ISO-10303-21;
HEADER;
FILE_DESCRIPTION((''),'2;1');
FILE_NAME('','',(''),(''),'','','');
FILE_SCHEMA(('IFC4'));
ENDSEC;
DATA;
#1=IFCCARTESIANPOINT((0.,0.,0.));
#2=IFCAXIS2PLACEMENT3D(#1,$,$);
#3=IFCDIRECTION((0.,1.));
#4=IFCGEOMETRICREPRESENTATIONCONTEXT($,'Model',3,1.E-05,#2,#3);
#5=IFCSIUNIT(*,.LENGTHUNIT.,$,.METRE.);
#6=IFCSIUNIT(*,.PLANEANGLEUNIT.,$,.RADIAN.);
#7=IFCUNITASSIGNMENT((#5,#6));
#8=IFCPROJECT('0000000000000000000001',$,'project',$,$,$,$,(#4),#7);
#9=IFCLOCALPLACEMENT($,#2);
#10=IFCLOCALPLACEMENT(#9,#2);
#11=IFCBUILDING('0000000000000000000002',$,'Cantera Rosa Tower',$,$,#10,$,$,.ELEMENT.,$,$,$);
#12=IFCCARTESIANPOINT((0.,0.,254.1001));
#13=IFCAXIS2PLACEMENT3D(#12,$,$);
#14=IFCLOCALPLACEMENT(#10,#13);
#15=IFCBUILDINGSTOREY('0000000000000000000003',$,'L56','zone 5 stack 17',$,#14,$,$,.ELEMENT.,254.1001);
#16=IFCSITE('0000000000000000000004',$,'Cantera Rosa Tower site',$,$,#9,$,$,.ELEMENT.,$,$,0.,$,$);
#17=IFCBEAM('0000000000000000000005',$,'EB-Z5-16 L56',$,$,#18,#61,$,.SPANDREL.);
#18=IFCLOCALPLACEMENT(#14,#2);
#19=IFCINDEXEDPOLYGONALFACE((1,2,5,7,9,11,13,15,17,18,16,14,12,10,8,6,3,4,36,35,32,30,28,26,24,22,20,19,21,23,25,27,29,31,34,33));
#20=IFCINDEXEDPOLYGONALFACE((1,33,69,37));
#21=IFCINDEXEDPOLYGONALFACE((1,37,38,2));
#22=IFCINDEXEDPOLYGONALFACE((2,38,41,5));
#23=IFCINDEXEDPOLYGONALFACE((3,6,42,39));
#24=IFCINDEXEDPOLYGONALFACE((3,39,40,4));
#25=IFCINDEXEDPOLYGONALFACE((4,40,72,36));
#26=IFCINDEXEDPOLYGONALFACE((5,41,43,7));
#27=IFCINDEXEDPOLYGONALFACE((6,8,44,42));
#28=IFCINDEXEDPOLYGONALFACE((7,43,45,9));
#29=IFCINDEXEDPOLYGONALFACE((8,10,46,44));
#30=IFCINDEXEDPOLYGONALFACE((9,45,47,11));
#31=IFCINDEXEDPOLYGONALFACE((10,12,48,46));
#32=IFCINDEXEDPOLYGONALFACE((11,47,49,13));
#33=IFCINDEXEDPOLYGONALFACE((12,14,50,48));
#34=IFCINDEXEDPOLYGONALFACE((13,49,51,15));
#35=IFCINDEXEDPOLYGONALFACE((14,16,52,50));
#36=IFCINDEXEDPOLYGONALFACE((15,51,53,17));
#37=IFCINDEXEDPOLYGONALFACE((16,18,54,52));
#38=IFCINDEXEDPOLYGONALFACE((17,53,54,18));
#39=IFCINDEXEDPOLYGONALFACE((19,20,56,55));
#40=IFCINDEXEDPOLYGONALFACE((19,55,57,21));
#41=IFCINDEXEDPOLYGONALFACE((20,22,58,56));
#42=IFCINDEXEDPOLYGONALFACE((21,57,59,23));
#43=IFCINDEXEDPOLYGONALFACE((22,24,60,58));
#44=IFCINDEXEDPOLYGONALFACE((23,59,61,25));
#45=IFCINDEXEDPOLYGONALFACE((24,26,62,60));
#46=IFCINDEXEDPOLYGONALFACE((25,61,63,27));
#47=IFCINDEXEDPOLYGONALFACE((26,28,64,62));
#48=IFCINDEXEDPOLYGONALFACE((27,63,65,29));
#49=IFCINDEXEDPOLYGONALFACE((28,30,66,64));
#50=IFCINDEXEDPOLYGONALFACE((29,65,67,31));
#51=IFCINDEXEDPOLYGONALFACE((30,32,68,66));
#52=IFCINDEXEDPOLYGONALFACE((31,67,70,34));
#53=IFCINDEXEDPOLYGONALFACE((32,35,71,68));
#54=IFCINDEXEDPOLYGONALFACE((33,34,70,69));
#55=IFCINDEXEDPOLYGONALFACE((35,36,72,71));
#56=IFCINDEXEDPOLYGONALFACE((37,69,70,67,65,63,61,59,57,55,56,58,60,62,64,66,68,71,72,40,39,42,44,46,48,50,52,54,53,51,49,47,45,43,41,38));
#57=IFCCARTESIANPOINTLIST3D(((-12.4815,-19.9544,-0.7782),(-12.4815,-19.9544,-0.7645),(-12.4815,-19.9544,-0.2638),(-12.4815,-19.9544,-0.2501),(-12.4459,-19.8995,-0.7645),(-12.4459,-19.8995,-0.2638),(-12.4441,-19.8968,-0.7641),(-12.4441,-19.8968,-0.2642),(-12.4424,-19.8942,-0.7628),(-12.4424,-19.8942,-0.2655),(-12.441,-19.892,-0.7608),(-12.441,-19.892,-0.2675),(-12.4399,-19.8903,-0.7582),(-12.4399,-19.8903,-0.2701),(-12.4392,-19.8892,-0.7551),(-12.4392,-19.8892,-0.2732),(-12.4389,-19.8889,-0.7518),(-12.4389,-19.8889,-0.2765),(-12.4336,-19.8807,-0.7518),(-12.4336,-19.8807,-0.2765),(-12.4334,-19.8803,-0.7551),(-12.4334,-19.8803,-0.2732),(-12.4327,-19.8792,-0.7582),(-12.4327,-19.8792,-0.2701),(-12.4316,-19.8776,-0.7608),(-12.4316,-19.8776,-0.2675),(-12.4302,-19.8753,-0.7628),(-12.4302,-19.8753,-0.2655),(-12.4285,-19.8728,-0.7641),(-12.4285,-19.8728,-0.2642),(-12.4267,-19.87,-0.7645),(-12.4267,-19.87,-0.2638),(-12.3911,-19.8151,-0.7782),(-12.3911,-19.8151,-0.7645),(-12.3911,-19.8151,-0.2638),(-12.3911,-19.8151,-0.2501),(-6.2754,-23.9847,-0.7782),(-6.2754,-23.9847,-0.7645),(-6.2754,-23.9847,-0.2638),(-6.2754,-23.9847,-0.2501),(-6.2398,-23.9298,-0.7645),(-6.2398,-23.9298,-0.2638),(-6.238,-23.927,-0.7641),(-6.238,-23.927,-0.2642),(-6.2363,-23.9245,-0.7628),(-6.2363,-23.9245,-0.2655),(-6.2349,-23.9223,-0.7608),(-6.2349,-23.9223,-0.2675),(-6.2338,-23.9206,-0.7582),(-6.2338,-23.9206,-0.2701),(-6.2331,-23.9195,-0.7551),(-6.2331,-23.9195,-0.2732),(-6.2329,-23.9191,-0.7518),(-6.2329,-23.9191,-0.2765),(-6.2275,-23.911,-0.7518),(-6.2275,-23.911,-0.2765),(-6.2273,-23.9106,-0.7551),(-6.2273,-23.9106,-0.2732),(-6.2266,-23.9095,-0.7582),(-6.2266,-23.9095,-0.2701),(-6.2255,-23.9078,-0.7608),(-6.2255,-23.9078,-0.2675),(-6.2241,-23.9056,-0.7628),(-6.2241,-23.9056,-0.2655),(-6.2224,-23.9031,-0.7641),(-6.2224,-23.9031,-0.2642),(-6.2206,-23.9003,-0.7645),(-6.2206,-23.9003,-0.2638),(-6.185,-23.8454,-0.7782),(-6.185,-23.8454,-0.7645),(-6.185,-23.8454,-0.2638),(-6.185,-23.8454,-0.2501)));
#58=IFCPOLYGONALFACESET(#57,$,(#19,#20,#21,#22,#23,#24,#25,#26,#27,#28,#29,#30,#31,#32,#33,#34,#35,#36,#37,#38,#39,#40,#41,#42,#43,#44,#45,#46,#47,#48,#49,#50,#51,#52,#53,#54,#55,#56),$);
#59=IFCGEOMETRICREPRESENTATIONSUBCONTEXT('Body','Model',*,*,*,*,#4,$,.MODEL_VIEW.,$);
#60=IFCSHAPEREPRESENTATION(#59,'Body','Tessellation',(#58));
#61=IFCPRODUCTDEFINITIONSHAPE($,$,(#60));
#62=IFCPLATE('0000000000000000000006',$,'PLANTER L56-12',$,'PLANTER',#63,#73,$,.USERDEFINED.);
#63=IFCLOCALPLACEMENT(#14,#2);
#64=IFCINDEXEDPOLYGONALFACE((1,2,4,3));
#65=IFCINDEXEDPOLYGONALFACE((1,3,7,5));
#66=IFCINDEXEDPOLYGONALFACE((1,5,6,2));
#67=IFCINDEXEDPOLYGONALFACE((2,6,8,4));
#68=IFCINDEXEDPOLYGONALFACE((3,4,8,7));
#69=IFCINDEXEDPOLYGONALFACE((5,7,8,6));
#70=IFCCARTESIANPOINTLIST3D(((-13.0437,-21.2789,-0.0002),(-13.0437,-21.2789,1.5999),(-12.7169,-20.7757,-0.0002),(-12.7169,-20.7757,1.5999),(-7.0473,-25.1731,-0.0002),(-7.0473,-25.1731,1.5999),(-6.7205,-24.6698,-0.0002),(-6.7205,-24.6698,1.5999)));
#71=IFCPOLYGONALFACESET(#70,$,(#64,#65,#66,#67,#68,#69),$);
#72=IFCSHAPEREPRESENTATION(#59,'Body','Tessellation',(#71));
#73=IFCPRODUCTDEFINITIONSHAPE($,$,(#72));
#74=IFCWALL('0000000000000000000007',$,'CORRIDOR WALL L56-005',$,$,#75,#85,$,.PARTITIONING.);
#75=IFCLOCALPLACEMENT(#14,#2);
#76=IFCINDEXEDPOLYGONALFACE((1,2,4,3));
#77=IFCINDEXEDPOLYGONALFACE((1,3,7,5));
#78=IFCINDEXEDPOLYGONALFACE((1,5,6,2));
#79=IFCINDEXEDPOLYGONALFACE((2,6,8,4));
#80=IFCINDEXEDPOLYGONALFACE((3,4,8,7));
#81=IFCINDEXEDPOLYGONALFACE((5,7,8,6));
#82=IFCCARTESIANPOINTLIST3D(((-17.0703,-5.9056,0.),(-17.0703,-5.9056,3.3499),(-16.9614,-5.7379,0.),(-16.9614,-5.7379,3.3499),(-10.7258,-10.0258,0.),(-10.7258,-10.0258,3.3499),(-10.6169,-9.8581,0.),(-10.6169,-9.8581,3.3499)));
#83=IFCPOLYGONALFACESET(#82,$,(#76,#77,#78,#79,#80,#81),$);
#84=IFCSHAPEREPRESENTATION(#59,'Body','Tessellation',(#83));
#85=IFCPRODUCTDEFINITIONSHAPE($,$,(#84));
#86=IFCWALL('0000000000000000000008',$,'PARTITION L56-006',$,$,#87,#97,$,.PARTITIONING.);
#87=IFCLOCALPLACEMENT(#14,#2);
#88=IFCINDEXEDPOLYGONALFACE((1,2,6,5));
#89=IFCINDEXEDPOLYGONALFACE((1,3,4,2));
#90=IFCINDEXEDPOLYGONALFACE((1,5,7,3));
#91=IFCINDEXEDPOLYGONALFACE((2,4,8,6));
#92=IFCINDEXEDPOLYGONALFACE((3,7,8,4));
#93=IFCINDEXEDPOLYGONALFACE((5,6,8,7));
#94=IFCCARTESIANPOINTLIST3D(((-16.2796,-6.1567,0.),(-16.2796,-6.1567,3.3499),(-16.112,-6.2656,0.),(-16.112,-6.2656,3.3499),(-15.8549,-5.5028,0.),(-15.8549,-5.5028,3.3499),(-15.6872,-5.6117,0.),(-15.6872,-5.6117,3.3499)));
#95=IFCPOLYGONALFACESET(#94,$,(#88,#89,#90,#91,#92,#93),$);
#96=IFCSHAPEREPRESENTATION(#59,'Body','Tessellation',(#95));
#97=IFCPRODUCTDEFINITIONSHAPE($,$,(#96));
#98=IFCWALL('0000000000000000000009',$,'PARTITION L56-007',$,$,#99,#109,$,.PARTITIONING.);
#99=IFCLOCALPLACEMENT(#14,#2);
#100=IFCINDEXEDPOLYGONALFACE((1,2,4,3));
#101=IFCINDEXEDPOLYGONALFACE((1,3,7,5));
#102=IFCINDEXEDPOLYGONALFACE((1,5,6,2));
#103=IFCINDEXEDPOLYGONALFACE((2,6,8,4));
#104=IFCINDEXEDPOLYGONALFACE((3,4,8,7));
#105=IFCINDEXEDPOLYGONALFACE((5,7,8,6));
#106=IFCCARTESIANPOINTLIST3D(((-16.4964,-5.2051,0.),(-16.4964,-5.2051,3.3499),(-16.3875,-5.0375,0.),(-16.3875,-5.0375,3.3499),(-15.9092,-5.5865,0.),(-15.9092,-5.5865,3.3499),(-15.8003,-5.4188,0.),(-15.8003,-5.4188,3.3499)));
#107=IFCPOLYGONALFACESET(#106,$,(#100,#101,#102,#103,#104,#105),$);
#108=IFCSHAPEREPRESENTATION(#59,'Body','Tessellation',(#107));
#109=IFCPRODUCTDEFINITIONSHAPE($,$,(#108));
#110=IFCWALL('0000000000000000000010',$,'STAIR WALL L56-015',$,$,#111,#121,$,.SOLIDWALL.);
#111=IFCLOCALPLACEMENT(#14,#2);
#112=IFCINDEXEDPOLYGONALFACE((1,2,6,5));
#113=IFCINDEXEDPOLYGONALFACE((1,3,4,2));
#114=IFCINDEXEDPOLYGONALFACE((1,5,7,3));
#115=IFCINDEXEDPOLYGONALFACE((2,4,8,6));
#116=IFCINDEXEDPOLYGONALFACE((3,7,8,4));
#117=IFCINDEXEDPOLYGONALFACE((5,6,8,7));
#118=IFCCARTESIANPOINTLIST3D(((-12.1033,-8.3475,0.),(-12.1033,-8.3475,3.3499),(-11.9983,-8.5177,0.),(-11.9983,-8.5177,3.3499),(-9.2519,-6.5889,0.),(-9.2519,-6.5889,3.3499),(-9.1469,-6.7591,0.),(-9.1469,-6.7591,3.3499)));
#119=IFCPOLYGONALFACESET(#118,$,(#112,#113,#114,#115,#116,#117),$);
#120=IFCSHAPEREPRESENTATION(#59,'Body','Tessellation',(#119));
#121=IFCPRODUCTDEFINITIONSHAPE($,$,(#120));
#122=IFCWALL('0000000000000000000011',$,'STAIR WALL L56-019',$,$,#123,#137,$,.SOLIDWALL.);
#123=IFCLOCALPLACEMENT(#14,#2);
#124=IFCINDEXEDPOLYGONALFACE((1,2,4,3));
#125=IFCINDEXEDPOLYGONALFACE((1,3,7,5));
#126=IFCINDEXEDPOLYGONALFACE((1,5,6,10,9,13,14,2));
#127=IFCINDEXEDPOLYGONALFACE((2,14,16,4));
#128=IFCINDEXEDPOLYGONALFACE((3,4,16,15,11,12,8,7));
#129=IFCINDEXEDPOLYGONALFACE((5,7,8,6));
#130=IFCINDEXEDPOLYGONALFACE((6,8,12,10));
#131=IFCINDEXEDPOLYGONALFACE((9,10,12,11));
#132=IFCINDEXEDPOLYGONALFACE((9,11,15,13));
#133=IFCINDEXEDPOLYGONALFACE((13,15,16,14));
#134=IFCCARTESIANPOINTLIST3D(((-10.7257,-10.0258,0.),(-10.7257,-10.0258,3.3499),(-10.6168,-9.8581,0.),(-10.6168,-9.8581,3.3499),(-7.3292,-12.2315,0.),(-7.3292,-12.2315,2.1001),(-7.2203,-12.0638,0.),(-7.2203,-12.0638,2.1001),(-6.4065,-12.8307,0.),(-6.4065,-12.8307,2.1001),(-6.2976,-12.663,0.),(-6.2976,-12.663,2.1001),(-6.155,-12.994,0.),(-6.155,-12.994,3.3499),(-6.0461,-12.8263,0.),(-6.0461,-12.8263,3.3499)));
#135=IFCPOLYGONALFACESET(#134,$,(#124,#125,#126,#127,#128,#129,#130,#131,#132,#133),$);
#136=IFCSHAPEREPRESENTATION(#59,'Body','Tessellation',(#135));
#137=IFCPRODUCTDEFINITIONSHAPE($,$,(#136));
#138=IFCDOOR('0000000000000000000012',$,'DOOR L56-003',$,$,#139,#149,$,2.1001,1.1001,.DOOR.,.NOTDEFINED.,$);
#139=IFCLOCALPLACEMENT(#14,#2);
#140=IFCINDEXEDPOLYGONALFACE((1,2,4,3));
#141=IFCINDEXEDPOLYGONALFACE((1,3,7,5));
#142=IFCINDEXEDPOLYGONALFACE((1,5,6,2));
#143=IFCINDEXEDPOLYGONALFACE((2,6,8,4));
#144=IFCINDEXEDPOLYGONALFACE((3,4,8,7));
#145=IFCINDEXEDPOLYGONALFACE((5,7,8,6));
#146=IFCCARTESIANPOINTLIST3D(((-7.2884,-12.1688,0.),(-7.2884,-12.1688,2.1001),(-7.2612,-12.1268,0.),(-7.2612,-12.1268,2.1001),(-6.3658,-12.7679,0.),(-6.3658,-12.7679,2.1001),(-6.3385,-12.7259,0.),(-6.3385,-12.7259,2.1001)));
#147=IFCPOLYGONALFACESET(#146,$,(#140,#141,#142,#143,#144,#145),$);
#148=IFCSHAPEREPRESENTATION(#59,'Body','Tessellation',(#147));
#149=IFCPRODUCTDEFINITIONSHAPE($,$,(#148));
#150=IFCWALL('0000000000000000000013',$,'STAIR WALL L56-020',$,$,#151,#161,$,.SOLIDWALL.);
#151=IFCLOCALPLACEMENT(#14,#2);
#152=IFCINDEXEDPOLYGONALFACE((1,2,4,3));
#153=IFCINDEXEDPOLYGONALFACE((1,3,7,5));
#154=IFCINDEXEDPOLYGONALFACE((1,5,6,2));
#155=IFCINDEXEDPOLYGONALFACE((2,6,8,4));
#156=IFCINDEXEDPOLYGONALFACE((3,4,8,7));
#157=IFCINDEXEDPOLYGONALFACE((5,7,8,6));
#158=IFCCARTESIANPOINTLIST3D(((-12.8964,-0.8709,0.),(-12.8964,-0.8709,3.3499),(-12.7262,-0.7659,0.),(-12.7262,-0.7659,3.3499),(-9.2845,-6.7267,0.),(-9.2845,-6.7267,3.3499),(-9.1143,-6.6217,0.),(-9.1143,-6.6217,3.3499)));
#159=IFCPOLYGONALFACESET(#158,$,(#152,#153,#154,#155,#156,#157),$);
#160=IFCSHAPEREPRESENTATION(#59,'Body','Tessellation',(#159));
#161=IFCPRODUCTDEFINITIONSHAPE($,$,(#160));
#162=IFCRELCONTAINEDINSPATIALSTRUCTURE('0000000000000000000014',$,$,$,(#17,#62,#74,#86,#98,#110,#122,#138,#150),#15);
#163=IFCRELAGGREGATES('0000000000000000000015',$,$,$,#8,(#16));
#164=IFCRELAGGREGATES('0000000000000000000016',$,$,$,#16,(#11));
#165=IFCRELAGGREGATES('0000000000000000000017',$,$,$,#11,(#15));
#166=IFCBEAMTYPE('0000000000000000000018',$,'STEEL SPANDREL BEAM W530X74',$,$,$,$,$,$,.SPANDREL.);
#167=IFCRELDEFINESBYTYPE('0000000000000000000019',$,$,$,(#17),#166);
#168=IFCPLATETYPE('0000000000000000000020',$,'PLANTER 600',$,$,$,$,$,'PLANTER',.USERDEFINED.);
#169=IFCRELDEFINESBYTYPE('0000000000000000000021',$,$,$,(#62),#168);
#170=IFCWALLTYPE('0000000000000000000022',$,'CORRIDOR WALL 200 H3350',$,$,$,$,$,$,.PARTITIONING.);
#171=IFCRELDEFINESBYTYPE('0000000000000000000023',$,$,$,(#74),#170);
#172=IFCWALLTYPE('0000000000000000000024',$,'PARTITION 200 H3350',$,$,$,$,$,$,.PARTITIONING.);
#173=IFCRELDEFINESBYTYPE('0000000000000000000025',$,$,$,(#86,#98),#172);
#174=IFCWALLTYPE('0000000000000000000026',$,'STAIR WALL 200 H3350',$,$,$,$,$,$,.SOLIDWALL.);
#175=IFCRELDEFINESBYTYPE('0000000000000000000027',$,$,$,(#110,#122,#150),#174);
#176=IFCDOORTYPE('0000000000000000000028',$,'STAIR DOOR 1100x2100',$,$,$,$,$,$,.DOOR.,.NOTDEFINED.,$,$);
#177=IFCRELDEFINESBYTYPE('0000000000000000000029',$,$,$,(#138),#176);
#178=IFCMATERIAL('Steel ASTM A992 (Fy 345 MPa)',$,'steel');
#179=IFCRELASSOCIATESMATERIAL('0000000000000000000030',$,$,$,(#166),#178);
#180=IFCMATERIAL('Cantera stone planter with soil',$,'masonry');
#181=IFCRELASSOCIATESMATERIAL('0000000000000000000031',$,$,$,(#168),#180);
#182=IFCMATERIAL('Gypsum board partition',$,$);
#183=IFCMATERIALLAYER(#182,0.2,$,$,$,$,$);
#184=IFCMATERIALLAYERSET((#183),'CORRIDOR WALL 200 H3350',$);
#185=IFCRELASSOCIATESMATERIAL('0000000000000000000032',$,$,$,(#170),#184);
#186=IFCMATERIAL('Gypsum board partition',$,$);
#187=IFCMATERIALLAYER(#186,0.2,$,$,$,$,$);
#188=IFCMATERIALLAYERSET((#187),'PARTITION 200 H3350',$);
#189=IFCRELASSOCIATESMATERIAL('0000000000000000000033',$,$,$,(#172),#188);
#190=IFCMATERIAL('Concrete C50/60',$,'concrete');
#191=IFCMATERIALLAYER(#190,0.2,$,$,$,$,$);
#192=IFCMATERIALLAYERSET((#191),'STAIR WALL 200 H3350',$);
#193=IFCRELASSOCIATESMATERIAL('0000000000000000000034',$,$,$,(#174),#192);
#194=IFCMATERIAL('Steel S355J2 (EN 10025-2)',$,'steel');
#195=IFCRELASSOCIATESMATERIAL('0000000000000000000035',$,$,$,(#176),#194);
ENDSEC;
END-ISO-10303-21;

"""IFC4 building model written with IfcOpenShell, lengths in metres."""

from ifc_helpers import new_model, si_unit, direction, frame, frame_2d, origin, origin_2d, place, context, subcontext, project, spatial, rectangle, i_section, extrude, material, layer, layer_set, material_profile, profile_set, type_object, element, fill, save


model = new_model("IFC4")

# Units and contexts
model_context = context("Model", 3, precision=1e-05, world=origin(), true_north=direction((0.0, 1.0)))
body_context = subcontext(model_context, "Body", "Model", "MODEL_VIEW")
ifc_project = project(units=[si_unit("LENGTHUNIT", "METRE"), si_unit("PLANEANGLEUNIT", "RADIAN")], contexts=[model_context])

# Site, building, storey
site_placement = place(None, origin())
site = spatial("IfcSite", under=ifc_project, at=site_placement, Name="Cantera Rosa Tower site", CompositionType="ELEMENT", RefElevation=0.0)
building_placement = place(site_placement, origin())
building = spatial("IfcBuilding", under=site, at=building_placement, Name="Cantera Rosa Tower", CompositionType="ELEMENT")
storey_placement = place(building_placement, frame((0.0, 0.0, 254.1001)))
storey = spatial("IfcBuildingStorey", under=building, at=storey_placement, Name="L56", Description="zone 5 stack 17", CompositionType="ELEMENT", Elevation=254.1001)

# Beam
ifc_material_1 = material(Name="Steel ASTM A992 (Fy 345 MPa)", Category="steel")
ifc_material_profile_1 = material_profile(ifc_material_1, i_section(OverallWidth=0.166, OverallDepth=0.5281, WebThickness=0.0098, FlangeThickness=0.0137, FilletRadius=0.0127, at=origin_2d()), Name="W530X74")
ifc_profile_set_1 = profile_set([ifc_material_profile_1], Name="Steel ASTM A992 (Fy 345 MPa)")
beam_type_1 = type_object("IfcBeamType", Name="STEEL SPANDREL BEAM W530X74", PredefinedType="SPANDREL", material=ifc_profile_set_1)
beam_1_placement = place(storey_placement, frame((-12.4363, -19.8848, -0.5142), z_axis=(0.83867, -0.54464, 0.0), x_axis=(0.54464, 0.83867, 0.0)))
element("IfcBeam", 1, at=beam_1_placement, inside=storey, type_object=beam_type_1, Name="EB-Z5-16 L56", PredefinedType="SPANDREL", context=body_context, shape_type="SweptSolid", body=[
    extrude(i_section(OverallWidth=0.166, OverallDepth=0.5281, WebThickness=0.0098, FlangeThickness=0.0137, FilletRadius=0.0127, at=origin_2d()), origin(), (0.0, 0.0, 1.0), 7.3999),
])

# Plate
ifc_material_2 = material(Name="Cantera stone planter with soil", Category="masonry")
plate_type = type_object("IfcPlateType", Name="PLANTER 600", ElementType="PLANTER", PredefinedType="USERDEFINED", material=ifc_material_2)
plate_placement = place(storey_placement, frame((-9.8821, -22.9744, -0.0002), z_axis=(0.0, 0.0, 1.0), x_axis=(0.838671, -0.544639, 0.0)))
element("IfcPlate", 2, at=plate_placement, inside=storey, type_object=plate_type, Name="PLANTER L56-12", ObjectType="PLANTER", PredefinedType="USERDEFINED", context=body_context, shape_type="SweptSolid", body=[
    extrude(rectangle(XDim=7.1499, YDim=0.6001, at=origin_2d()), origin(), (0.0, 0.0, 1.0), 1.6001),
])

# Wall
ifc_material_3 = material(Name="Gypsum board partition")
ifc_layer_1 = layer(ifc_material_3, 0.2)
ifc_layer_set_1 = layer_set([ifc_layer_1], Name="CORRIDOR WALL 200 H3350")
wall_type_1 = type_object("IfcWallType", Name="CORRIDOR WALL 200 H3350", PredefinedType="PARTITIONING", material=ifc_layer_set_1)
wall_1_placement = place(storey_placement, frame((-17.0159, -5.8218, 0.0), z_axis=(0.0, 0.0, 1.0), x_axis=(0.838673, -0.544636, 0.0)))
element("IfcWall", 3, at=wall_1_placement, inside=storey, type_object=wall_type_1, Name="CORRIDOR WALL L56-005", PredefinedType="PARTITIONING", context=body_context, shape_type="SweptSolid", body=[
    extrude(rectangle(XDim=7.5649, YDim=0.2, at=frame_2d((3.7825, 0.0))), origin(), (0.0, 0.0, 1.0), 3.3499),
])

# Walls
ifc_material_4 = material(Name="Gypsum board partition")
ifc_layer_2 = layer(ifc_material_4, 0.2)
ifc_layer_set_2 = layer_set([ifc_layer_2], Name="PARTITION 200 H3350")
wall_type_2 = type_object("IfcWallType", Name="PARTITION 200 H3350", PredefinedType="PARTITIONING", material=ifc_layer_set_2)
wall_2_placement = place(storey_placement, frame((-16.1958, -6.2112, 0.0), z_axis=(0.0, 0.0, 1.0), x_axis=(0.544691, 0.838637, 0.0)))
element("IfcWall", 4, at=wall_2_placement, inside=storey, type_object=wall_type_2, Name="PARTITION L56-006", PredefinedType="PARTITIONING", context=body_context, shape_type="SweptSolid", body=[
    extrude(rectangle(XDim=0.7798, YDim=0.2, at=frame_2d((0.3899, 0.0))), origin(), (0.0, 0.0, 1.0), 3.3499),
])
wall_3_placement = place(storey_placement, frame((-15.8547, -5.5027, 0.0), z_axis=(0.0, 0.0, 1.0), x_axis=(-0.838643, 0.544682, 0.0)))
element("IfcWall", 5, at=wall_3_placement, inside=storey, type_object=wall_type_2, Name="PARTITION L56-007", PredefinedType="PARTITIONING", context=body_context, shape_type="SweptSolid", body=[
    extrude(rectangle(XDim=0.7002, YDim=0.2, at=frame_2d((0.3501, 0.0))), origin(), (0.0, 0.0, 1.0), 3.3499),
])
ifc_material_5 = material(Name="Concrete C50/60", Category="concrete")
ifc_layer_3 = layer(ifc_material_5, 0.2)
ifc_layer_set_3 = layer_set([ifc_layer_3], Name="STAIR WALL 200 H3350")
wall_type_3 = type_object("IfcWallType", Name="STAIR WALL 200 H3350", PredefinedType="SOLIDWALL", material=ifc_layer_set_3)
wall_4_placement = place(storey_placement, frame((-12.0508, -8.4326, 0.0), z_axis=(0.0, 0.0, 1.0), x_axis=(0.85114, 0.524939, 0.0)))
element("IfcWall", 6, at=wall_4_placement, inside=storey, type_object=wall_type_3, Name="STAIR WALL L56-015", PredefinedType="SOLIDWALL", context=body_context, shape_type="SweptSolid", body=[
    extrude(rectangle(XDim=3.3501, YDim=0.2, at=frame_2d((1.675, 0.0))), origin(), (0.0, 0.0, 1.0), 3.3499),
])

# Wall, opening, door
wall_5_placement = place(storey_placement, frame((-10.6714, -9.9419, 0.0), z_axis=(0.0, 0.0, 1.0), x_axis=(0.838675, -0.544632, 0.0)))
wall_5 = element("IfcWall", 7, at=wall_5_placement, inside=storey, type_object=wall_type_3, Name="STAIR WALL L56-019", PredefinedType="SOLIDWALL", context=body_context, shape_type="SweptSolid", body=[
    extrude(rectangle(XDim=5.45, YDim=0.2, at=frame_2d((2.7251, 0.0))), origin(), (0.0, 0.0, 1.0), 3.3499),
])
opening_1_placement = place(wall_5_placement, frame((4.05, 0.0, 0.0)))
opening_1 = element("IfcOpeningElement", 8, at=opening_1_placement, cuts=wall_5, PredefinedType="OPENING", context=body_context, shape_type="SweptSolid", body=[
    extrude(rectangle(XDim=1.1001, YDim=2.1001, at=frame_2d((0.55, 1.05))), frame((0.0, 0.1099, 0.0), z_axis=(0.0, -1.0, 0.0), x_axis=(1.0, 0.0, 0.0)), (0.0, 0.0, 1.0), 0.22),
])
ifc_material_6 = material(Name="Steel S355J2 (EN 10025-2)", Category="steel")
door_type_1 = type_object("IfcDoorType", Name="STAIR DOOR 1100x2100", OperationType="NOTDEFINED", PredefinedType="DOOR", material=ifc_material_6)
door_1_placement = place(opening_1_placement, origin())
door_1 = element("IfcDoor", 9, at=door_1_placement, inside=storey, type_object=door_type_1, Name="DOOR L56-003", OperationType="NOTDEFINED", OverallHeight=2.1001, OverallWidth=1.1001, PredefinedType="DOOR", context=body_context, shape_type="SweptSolid", body=[
    extrude(rectangle(XDim=1.1001, YDim=2.1001, at=frame_2d((0.55, 1.05))), frame((0.0, 0.0249, 0.0), z_axis=(0.0, -1.0, 0.0), x_axis=(1.0, 0.0, 0.0)), (0.0, 0.0, 1.0), 0.05),
])
fill(opening_1, door_1)

# Wall
wall_6_placement = place(storey_placement, frame((-9.1995, -6.6741, 0.0), z_axis=(0.0, 0.0, 1.0), x_axis=(-0.524972, 0.851119, 0.0)))
element("IfcWall", 10, at=wall_6_placement, inside=storey, type_object=wall_type_3, Name="STAIR WALL L56-020", PredefinedType="SOLIDWALL", context=body_context, shape_type="SweptSolid", body=[
    extrude(rectangle(XDim=6.8801, YDim=0.2, at=frame_2d((3.4399, 0.0))), origin(), (0.0, 0.0, 1.0), 3.3499),
])

save(model, "model.ifc")
